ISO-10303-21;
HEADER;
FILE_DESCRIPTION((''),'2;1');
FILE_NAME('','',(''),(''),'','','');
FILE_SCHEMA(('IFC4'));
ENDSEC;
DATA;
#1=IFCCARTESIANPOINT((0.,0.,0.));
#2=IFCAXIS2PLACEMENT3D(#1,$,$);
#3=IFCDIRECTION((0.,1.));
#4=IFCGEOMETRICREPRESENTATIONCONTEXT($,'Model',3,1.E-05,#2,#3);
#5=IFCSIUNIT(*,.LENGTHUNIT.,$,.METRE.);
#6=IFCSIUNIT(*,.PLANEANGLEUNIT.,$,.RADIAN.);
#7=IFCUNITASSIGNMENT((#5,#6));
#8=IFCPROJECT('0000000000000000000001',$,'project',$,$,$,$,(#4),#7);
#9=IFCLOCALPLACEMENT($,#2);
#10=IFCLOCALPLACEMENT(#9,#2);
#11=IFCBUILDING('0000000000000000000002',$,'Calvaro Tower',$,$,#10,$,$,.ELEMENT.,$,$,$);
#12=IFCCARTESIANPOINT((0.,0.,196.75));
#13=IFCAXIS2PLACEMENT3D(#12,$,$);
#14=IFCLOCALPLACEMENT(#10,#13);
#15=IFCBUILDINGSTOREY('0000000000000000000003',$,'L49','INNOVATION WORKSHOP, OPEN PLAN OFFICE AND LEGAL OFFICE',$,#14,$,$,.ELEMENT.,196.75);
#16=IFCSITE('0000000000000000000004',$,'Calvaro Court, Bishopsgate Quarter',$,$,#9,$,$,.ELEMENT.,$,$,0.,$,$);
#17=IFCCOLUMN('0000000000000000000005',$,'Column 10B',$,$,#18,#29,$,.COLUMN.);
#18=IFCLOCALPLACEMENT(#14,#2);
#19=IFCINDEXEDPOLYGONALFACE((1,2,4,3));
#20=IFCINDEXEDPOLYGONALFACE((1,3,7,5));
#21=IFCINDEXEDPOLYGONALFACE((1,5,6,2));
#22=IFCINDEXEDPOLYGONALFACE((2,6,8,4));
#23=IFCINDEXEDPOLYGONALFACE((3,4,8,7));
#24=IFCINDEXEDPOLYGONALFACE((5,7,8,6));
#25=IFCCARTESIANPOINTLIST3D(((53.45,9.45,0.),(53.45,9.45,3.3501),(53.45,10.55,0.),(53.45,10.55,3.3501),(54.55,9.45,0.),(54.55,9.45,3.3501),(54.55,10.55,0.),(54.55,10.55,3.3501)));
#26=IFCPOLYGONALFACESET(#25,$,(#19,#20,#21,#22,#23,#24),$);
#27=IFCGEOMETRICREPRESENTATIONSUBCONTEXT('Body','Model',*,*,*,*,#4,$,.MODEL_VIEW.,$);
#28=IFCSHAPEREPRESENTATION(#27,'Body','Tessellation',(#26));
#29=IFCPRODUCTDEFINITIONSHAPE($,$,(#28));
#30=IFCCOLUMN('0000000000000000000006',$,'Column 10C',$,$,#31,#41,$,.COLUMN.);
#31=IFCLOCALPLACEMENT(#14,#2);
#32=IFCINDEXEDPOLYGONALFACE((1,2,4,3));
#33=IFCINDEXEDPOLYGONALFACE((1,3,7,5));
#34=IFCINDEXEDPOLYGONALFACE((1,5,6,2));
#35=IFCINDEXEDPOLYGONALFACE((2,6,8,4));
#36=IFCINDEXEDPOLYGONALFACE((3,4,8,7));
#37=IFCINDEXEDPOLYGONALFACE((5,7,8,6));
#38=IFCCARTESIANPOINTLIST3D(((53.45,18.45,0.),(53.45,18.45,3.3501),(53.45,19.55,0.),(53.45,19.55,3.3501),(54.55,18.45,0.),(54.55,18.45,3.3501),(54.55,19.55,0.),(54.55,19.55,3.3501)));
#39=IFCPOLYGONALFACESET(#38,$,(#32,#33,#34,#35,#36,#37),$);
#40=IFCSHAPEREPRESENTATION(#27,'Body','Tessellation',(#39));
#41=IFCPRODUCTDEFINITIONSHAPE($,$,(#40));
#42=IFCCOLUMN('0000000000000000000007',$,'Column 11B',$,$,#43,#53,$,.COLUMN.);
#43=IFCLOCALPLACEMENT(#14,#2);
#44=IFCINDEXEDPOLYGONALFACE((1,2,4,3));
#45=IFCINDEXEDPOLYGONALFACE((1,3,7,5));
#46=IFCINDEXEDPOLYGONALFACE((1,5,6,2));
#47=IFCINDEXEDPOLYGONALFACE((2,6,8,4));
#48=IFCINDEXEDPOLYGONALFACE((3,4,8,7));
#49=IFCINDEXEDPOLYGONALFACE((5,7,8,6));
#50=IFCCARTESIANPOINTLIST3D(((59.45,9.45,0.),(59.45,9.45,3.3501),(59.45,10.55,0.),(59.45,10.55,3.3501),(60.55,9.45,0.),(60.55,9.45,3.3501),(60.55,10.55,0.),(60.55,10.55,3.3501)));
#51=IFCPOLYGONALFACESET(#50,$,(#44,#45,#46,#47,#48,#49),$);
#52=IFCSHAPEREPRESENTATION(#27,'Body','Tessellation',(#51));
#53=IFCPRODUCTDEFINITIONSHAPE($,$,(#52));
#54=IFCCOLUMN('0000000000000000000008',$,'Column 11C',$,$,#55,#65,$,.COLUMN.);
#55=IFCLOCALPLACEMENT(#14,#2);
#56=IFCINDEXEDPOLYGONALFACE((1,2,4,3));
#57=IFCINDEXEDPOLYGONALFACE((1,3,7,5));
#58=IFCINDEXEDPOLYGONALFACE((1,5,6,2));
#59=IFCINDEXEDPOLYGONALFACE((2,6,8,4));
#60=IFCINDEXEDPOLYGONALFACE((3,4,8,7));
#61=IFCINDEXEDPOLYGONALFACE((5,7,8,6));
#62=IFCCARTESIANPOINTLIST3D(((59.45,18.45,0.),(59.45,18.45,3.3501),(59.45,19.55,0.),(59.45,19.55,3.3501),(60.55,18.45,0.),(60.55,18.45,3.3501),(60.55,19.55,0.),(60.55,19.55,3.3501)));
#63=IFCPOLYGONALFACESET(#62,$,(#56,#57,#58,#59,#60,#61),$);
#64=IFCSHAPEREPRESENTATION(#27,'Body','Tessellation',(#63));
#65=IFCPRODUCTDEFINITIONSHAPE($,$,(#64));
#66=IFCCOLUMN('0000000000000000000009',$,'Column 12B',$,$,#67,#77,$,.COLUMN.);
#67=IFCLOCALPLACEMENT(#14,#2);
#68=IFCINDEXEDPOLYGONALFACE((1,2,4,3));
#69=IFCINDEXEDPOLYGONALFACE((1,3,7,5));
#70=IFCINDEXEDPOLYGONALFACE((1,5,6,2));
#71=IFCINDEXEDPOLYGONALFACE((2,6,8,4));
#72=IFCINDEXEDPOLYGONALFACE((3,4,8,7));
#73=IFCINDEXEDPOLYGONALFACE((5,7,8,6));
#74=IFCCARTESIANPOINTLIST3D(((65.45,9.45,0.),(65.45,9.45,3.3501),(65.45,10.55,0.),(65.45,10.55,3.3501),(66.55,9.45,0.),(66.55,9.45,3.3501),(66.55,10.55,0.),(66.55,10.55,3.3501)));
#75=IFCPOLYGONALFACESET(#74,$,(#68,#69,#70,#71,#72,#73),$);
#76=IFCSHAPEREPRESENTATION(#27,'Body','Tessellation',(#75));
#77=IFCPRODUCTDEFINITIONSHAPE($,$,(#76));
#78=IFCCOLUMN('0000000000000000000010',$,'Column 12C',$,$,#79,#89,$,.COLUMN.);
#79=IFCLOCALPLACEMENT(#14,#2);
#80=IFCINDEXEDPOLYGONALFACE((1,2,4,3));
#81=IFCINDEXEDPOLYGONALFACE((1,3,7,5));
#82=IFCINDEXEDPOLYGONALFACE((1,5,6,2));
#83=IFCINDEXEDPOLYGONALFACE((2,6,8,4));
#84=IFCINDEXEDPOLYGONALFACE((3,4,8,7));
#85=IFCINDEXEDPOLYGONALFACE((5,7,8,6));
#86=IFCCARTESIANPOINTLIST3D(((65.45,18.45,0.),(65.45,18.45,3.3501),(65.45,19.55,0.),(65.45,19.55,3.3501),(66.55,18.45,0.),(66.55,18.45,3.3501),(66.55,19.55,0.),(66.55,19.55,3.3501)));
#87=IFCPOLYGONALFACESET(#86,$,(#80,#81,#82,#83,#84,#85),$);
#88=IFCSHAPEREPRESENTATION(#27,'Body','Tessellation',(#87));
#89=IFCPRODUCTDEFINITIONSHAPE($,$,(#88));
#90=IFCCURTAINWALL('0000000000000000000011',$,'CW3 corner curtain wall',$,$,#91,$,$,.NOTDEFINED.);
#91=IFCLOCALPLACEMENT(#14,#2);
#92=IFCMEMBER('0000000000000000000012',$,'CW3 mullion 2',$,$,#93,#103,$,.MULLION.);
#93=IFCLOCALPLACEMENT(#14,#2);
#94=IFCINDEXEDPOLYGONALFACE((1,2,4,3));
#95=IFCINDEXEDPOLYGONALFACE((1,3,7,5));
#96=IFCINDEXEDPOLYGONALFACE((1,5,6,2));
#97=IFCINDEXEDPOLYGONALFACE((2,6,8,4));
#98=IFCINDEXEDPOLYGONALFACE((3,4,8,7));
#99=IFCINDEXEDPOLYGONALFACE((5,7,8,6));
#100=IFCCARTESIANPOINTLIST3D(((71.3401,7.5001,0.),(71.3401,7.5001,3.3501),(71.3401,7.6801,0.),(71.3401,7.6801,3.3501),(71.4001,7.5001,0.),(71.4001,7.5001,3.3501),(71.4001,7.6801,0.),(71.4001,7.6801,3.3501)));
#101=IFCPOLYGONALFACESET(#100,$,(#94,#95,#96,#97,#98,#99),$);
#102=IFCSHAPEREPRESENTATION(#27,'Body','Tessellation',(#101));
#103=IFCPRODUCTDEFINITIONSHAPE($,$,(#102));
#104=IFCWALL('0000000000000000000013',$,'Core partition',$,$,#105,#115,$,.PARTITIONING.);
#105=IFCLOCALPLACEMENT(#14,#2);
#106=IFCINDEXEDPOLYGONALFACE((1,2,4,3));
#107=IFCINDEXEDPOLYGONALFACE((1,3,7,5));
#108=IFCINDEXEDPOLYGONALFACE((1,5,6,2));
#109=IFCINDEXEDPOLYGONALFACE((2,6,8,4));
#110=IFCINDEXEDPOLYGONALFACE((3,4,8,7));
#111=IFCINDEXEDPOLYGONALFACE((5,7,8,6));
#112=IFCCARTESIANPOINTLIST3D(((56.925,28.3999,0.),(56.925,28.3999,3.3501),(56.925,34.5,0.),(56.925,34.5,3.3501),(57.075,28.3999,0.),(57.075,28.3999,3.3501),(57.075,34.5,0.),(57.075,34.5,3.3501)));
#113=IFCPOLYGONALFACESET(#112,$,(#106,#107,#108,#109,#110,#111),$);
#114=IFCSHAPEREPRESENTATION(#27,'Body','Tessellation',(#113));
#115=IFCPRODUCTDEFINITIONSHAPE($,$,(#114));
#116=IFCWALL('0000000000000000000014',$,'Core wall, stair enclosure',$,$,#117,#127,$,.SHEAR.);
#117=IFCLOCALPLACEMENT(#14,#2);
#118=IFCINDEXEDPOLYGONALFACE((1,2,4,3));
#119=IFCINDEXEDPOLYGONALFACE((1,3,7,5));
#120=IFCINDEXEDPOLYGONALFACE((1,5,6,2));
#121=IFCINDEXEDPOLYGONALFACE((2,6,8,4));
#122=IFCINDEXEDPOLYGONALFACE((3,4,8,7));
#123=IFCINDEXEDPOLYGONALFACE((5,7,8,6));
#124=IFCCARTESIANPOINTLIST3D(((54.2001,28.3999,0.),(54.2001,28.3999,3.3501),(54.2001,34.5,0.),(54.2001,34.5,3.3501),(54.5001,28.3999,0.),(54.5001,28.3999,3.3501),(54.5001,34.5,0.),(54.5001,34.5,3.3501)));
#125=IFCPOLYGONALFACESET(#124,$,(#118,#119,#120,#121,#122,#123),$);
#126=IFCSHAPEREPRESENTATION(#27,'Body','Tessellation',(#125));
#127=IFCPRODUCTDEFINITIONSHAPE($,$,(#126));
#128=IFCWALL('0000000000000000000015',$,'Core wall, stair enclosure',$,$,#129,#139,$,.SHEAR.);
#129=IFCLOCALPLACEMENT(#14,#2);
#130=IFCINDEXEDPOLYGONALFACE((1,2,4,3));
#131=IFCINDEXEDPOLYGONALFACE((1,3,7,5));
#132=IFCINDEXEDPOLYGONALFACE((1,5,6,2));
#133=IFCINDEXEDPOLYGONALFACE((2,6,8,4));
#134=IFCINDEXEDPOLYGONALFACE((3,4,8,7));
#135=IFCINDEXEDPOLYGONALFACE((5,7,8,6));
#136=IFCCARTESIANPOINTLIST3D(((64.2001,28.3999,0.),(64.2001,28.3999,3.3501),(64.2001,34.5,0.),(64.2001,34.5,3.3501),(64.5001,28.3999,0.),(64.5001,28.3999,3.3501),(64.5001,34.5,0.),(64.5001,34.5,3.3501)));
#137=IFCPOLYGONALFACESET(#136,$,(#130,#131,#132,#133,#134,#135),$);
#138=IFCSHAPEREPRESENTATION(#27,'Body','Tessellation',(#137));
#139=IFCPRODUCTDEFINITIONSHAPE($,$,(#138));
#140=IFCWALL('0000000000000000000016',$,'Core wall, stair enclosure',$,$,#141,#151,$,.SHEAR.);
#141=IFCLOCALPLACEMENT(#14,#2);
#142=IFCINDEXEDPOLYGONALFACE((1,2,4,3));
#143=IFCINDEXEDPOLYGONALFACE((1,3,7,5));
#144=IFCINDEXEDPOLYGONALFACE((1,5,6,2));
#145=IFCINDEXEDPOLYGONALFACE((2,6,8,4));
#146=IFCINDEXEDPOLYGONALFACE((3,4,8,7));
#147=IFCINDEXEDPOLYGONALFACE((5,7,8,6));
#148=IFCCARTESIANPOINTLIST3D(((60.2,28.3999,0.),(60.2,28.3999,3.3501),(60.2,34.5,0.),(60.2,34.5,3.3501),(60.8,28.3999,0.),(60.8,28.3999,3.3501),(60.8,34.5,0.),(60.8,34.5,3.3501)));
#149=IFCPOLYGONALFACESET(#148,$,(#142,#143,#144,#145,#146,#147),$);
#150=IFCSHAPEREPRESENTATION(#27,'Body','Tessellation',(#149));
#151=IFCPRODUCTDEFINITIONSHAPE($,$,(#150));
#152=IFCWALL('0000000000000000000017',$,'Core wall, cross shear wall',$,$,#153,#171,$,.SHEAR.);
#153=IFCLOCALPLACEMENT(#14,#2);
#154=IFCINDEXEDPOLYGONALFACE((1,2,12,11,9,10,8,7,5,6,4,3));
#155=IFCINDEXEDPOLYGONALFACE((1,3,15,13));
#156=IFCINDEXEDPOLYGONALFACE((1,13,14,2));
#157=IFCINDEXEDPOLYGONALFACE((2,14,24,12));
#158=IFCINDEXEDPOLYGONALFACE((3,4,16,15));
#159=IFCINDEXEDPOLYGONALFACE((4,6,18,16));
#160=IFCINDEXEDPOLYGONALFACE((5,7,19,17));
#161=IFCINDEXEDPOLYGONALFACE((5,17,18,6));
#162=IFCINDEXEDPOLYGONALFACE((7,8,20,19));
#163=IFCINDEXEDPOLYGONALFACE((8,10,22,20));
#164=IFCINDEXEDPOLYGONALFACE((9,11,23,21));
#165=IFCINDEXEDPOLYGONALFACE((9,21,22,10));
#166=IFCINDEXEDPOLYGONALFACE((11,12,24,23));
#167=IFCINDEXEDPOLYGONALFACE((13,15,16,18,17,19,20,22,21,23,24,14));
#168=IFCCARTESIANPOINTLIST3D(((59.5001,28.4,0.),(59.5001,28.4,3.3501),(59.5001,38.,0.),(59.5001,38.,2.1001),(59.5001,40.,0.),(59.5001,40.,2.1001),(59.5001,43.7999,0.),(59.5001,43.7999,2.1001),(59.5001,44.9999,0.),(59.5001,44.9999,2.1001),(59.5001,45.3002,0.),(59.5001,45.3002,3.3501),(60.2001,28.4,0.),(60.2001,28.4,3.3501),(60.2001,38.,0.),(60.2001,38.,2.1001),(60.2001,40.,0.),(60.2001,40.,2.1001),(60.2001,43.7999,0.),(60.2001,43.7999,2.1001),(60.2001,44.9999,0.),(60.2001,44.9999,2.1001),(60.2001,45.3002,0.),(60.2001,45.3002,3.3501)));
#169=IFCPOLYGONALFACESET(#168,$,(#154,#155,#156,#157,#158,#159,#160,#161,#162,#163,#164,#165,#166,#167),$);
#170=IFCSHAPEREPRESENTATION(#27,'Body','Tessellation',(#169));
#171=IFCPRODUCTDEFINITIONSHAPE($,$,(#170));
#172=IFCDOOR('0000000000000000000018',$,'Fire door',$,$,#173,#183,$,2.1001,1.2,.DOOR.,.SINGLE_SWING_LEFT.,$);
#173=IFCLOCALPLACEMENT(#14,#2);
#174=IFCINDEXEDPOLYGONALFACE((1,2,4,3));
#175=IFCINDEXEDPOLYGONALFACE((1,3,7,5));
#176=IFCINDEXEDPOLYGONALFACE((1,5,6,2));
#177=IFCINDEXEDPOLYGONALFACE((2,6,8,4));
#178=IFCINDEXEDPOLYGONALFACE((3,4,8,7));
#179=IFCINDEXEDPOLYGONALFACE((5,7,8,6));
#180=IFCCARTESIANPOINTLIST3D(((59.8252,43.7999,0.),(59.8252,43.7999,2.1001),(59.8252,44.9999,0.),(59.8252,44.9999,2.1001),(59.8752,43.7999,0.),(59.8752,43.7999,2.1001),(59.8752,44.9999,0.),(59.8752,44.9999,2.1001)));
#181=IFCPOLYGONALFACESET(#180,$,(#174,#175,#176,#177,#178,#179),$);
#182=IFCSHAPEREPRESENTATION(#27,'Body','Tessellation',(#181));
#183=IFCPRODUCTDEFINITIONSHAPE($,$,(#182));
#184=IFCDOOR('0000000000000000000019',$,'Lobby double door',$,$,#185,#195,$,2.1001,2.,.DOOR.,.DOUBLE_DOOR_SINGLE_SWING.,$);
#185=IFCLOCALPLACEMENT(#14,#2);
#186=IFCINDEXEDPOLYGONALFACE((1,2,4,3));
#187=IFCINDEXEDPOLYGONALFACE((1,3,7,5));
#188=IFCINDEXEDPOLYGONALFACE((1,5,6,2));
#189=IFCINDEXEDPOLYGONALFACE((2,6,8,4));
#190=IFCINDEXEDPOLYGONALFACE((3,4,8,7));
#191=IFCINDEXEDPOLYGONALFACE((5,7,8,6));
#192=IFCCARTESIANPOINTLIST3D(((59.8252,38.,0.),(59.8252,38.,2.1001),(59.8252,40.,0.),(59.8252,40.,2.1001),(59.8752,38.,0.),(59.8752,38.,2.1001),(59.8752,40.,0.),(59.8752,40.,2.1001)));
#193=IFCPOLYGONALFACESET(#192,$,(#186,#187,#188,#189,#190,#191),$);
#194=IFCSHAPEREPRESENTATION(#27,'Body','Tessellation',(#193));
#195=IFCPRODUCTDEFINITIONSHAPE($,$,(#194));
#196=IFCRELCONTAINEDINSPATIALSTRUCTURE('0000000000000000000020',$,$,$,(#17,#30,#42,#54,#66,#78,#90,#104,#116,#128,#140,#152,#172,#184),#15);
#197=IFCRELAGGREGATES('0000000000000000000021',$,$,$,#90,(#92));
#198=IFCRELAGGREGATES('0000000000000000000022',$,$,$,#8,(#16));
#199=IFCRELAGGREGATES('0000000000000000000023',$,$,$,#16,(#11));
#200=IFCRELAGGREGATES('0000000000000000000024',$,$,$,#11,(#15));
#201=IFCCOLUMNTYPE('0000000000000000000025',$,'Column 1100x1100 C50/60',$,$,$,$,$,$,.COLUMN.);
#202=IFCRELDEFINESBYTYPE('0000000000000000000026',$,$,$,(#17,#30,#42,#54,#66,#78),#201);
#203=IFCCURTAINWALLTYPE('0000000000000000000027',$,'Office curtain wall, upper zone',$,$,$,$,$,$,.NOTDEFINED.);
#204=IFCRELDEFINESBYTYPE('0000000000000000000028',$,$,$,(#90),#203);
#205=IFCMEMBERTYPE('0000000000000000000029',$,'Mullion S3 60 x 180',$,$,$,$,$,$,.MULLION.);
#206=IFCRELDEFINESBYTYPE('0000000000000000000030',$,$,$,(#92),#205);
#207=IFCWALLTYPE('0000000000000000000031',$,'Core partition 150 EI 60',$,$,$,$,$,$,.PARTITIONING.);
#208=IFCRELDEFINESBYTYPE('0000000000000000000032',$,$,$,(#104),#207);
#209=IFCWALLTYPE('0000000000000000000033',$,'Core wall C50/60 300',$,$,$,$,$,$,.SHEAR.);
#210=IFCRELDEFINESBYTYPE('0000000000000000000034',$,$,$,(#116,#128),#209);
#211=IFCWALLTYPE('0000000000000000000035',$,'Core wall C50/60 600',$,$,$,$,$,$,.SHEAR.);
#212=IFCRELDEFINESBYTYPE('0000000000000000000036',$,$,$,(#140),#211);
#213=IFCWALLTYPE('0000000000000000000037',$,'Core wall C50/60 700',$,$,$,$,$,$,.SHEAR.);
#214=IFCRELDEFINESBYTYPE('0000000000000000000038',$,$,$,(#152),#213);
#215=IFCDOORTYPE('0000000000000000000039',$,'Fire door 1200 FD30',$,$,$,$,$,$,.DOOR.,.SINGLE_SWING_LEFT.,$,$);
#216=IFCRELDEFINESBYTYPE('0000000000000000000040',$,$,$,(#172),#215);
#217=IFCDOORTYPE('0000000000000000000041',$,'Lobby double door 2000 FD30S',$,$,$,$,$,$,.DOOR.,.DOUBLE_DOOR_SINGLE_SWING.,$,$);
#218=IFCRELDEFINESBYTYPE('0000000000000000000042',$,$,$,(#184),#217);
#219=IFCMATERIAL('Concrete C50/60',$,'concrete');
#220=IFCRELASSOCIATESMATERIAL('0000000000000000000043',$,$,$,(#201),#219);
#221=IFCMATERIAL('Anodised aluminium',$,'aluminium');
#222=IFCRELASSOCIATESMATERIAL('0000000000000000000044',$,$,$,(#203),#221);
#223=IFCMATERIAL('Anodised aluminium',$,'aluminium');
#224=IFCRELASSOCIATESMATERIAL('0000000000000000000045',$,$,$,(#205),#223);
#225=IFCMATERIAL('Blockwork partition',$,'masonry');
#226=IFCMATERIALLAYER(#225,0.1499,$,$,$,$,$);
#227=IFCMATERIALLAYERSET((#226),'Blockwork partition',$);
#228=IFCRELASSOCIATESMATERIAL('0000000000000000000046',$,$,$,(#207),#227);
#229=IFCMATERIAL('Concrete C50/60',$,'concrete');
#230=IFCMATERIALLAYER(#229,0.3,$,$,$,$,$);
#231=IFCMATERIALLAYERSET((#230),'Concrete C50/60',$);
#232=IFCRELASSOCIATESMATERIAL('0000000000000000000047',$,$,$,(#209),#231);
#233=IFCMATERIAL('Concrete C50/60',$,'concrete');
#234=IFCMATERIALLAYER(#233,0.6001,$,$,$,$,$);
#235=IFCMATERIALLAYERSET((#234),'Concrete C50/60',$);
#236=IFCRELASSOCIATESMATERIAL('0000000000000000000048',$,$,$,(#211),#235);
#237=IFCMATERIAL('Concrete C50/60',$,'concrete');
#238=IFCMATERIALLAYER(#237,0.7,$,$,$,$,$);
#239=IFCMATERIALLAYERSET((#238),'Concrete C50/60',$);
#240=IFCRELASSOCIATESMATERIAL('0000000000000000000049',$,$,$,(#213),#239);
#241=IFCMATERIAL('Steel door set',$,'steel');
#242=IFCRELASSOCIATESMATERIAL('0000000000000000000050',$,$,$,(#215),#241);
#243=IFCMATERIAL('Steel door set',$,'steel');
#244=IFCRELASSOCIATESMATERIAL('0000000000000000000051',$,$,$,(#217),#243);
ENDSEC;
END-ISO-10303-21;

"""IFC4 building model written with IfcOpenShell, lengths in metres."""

from ifc_helpers import new_model, si_unit, direction, frame, frame_2d, origin, origin_2d, place, context, subcontext, project, spatial, rectangle, extrude, material, layer, layer_set, material_profile, profile_set, type_object, element, fill, aggregate, save


model = new_model("IFC4")

# Units and contexts
model_context = context("Model", 3, precision=1e-05, world=origin(), true_north=direction((0.0, 1.0)))
body_context = subcontext(model_context, "Body", "Model", "MODEL_VIEW")
ifc_project = project(units=[si_unit("LENGTHUNIT", "METRE"), si_unit("PLANEANGLEUNIT", "RADIAN")], contexts=[model_context])

# Site, building, storey
site_placement = place(None, origin())
site = spatial("IfcSite", under=ifc_project, at=site_placement, Name="Calvaro Court, Bishopsgate Quarter", CompositionType="ELEMENT", RefElevation=0.0)
building_placement = place(site_placement, origin())
building = spatial("IfcBuilding", under=site, at=building_placement, Name="Calvaro Tower", CompositionType="ELEMENT")
storey_placement = place(building_placement, frame((0.0, 0.0, 196.75)))
storey = spatial("IfcBuildingStorey", under=building, at=storey_placement, Name="L49", Description="INNOVATION WORKSHOP, OPEN PLAN OFFICE AND LEGAL OFFICE", CompositionType="ELEMENT", Elevation=196.75)

# Columns
ifc_material_1 = material(Name="Concrete C50/60", Category="concrete")
ifc_material_profile_1 = material_profile(ifc_material_1, rectangle(XDim=1.1001, YDim=1.1001, at=origin_2d()), Name="RC 1100x1100")
ifc_profile_set_1 = profile_set([ifc_material_profile_1], Name="Concrete C50/60")
column_type = type_object("IfcColumnType", Name="Column 1100x1100 C50/60", PredefinedType="COLUMN", material=ifc_profile_set_1)
for number, where, z_axis, x_axis, name in (
    (1, (54.0, 10.0, 0.0), (0.0, 0.0, 1.0), (1.0, 0.0, 0.0), "Column 10B"),
    (2, (54.0, 19.0, 0.0), (0.0, 0.0, 1.0), (1.0, 0.0, 0.0), "Column 10C"),
    (3, (60.0, 10.0, 0.0), (0.0, 0.0, 1.0), (1.0, 0.0, 0.0), "Column 11B"),
    (4, (60.0, 19.0, 0.0), (0.0, 0.0, 1.0), (1.0, 0.0, 0.0), "Column 11C"),
    (5, (66.0, 10.0, 0.0), (0.0, 0.0, 1.0), (1.0, 0.0, 0.0), "Column 12B"),
    (6, (66.0, 19.0, 0.0), (0.0, 0.0, 1.0), (1.0, 0.0, 0.0), "Column 12C"),
):
    element("IfcColumn", number, at=place(storey_placement, frame(where, z_axis=z_axis, x_axis=x_axis)), inside=storey, type_object=column_type, Name=name, PredefinedType="COLUMN", context=body_context, shape_type="SweptSolid", body=[
        extrude(rectangle(XDim=1.1001, YDim=1.1001, at=origin_2d()), origin(), (0.0, 0.0, 1.0), 3.3501),
    ])

# Curtain wall, member
ifc_material_2 = material(Name="Anodised aluminium", Category="aluminium")
curtain_wall_type = type_object("IfcCurtainWallType", Name="Office curtain wall, upper zone", PredefinedType="NOTDEFINED", material=ifc_material_2)
curtain_wall_placement = place(storey_placement, origin())
curtain_wall = element("IfcCurtainWall", 7, at=curtain_wall_placement, inside=storey, type_object=curtain_wall_type, Name="CW3 corner curtain wall", PredefinedType="NOTDEFINED")
ifc_material_3 = material(Name="Anodised aluminium", Category="aluminium")
ifc_material_profile_2 = material_profile(ifc_material_3, rectangle(XDim=0.1799, YDim=0.0601, at=origin_2d()), Name="Mullion S3 60 x 180")
ifc_profile_set_2 = profile_set([ifc_material_profile_2], Name="Anodised aluminium")
member_type = type_object("IfcMemberType", Name="Mullion S3 60 x 180", PredefinedType="MULLION", material=ifc_profile_set_2)
member_placement = place(storey_placement, frame((71.3701, 7.5901, 0.0), z_axis=(0.0, 0.0, 1.0), x_axis=(0.0, 1.0, 0.0)))
member = element("IfcMember", 8, at=member_placement, type_object=member_type, Name="CW3 mullion 2", PredefinedType="MULLION", context=body_context, shape_type="SweptSolid", body=[
    extrude(rectangle(XDim=0.1799, YDim=0.0601, at=origin_2d()), origin(), (0.0, 0.0, 1.0), 3.3501),
])
aggregate(curtain_wall, [member])

# Walls
ifc_material_4 = material(Name="Blockwork partition", Category="masonry")
ifc_layer_1 = layer(ifc_material_4, 0.1499)
ifc_layer_set_1 = layer_set([ifc_layer_1], Name="Blockwork partition")
wall_type_1 = type_object("IfcWallType", Name="Core partition 150 EI 60", PredefinedType="PARTITIONING", material=ifc_layer_set_1)
wall_1_placement = place(storey_placement, frame((57.0, 28.3999, 0.0), z_axis=(0.0, 0.0, 1.0), x_axis=(0.0, 1.0, 0.0)))
element("IfcWall", 9, at=wall_1_placement, inside=storey, type_object=wall_type_1, Name="Core partition", PredefinedType="PARTITIONING", context=body_context, shape_type="SweptSolid", body=[
    extrude(rectangle(XDim=6.1001, YDim=0.1499, at=frame_2d((3.05, 0.0))), origin(), (0.0, 0.0, 1.0), 3.3501),
])
ifc_material_5 = material(Name="Concrete C50/60", Category="concrete")
ifc_layer_2 = layer(ifc_material_5, 0.3)
ifc_layer_set_2 = layer_set([ifc_layer_2], Name="Concrete C50/60")
wall_type_2 = type_object("IfcWallType", Name="Core wall C50/60 300", PredefinedType="SHEAR", material=ifc_layer_set_2)
for number, where, z_axis, x_axis, name in (
    (10, (54.3501, 28.3999, 0.0), (0.0, 0.0, 1.0), (0.0, 1.0, 0.0), "Core wall, stair enclosure"),
    (11, (64.3501, 28.3999, 0.0), (0.0, 0.0, 1.0), (0.0, 1.0, 0.0), "Core wall, stair enclosure"),
):
    element("IfcWall", number, at=place(storey_placement, frame(where, z_axis=z_axis, x_axis=x_axis)), inside=storey, type_object=wall_type_2, Name=name, PredefinedType="SHEAR", context=body_context, shape_type="SweptSolid", body=[
        extrude(rectangle(XDim=6.1001, YDim=0.3, at=frame_2d((3.05, 0.0))), origin(), (0.0, 0.0, 1.0), 3.3501),
    ])
ifc_material_6 = material(Name="Concrete C50/60", Category="concrete")
ifc_layer_3 = layer(ifc_material_6, 0.6001)
ifc_layer_set_3 = layer_set([ifc_layer_3], Name="Concrete C50/60")
wall_type_3 = type_object("IfcWallType", Name="Core wall C50/60 600", PredefinedType="SHEAR", material=ifc_layer_set_3)
wall_2_placement = place(storey_placement, frame((60.5, 28.3999, 0.0), z_axis=(0.0, 0.0, 1.0), x_axis=(0.0, 1.0, 0.0)))
element("IfcWall", 12, at=wall_2_placement, inside=storey, type_object=wall_type_3, Name="Core wall, stair enclosure", PredefinedType="SHEAR", context=body_context, shape_type="SweptSolid", body=[
    extrude(rectangle(XDim=6.1001, YDim=0.6001, at=frame_2d((3.05, 0.0))), origin(), (0.0, 0.0, 1.0), 3.3501),
])

# Wall, openings, doors
ifc_material_7 = material(Name="Concrete C50/60", Category="concrete")
ifc_layer_4 = layer(ifc_material_7, 0.7)
ifc_layer_set_4 = layer_set([ifc_layer_4], Name="Concrete C50/60")
wall_type_4 = type_object("IfcWallType", Name="Core wall C50/60 700", PredefinedType="SHEAR", material=ifc_layer_set_4)
wall_3_placement = place(storey_placement, frame((59.8501, 28.3999, 0.0), z_axis=(0.0, 0.0, 1.0), x_axis=(0.0, 1.0, 0.0)))
wall_3 = element("IfcWall", 13, at=wall_3_placement, inside=storey, type_object=wall_type_4, Name="Core wall, cross shear wall", PredefinedType="SHEAR", context=body_context, shape_type="SweptSolid", body=[
    extrude(rectangle(XDim=16.9001, YDim=0.7, at=frame_2d((8.4502, 0.0))), origin(), (0.0, 0.0, 1.0), 3.3501),
])
opening_1_placement = place(wall_3_placement, frame((9.6001, 0.0, 0.0)))
opening_1 = element("IfcOpeningElement", 14, at=opening_1_placement, cuts=wall_3, PredefinedType="OPENING", context=body_context, shape_type="SweptSolid", body=[
    extrude(rectangle(XDim=2.0, YDim=2.1001, at=frame_2d((1.0, 1.05))), frame((0.0, 0.3599, 0.0), z_axis=(0.0, -1.0, 0.0), x_axis=(1.0, 0.0, 0.0)), (0.0, 0.0, 1.0), 0.72),
])
opening_2_placement = place(wall_3_placement, frame((15.3999, 0.0, 0.0)))
opening_2 = element("IfcOpeningElement", 15, at=opening_2_placement, cuts=wall_3, PredefinedType="OPENING", context=body_context, shape_type="SweptSolid", body=[
    extrude(rectangle(XDim=1.2, YDim=2.1001, at=frame_2d((0.6001, 1.05))), frame((0.0, 0.3599, 0.0), z_axis=(0.0, -1.0, 0.0), x_axis=(1.0, 0.0, 0.0)), (0.0, 0.0, 1.0), 0.72),
])
ifc_material_8 = material(Name="Steel door set", Category="steel")
door_type_1 = type_object("IfcDoorType", Name="Fire door 1200 FD30", OperationType="SINGLE_SWING_LEFT", PredefinedType="DOOR", material=ifc_material_8)
door_1_placement = place(opening_2_placement, origin())
door_1 = element("IfcDoor", 16, at=door_1_placement, inside=storey, type_object=door_type_1, Name="Fire door", OperationType="SINGLE_SWING_LEFT", OverallHeight=2.1001, OverallWidth=1.2, PredefinedType="DOOR", context=body_context, shape_type="SweptSolid", body=[
    extrude(rectangle(XDim=1.2, YDim=2.1001, at=frame_2d((0.6001, 1.05))), frame((0.0, 0.0249, 0.0), z_axis=(0.0, -1.0, 0.0), x_axis=(1.0, 0.0, 0.0)), (0.0, 0.0, 1.0), 0.05),
])
fill(opening_2, door_1)
ifc_material_9 = material(Name="Steel door set", Category="steel")
door_type_2 = type_object("IfcDoorType", Name="Lobby double door 2000 FD30S", OperationType="DOUBLE_DOOR_SINGLE_SWING", PredefinedType="DOOR", material=ifc_material_9)
door_2_placement = place(opening_1_placement, origin())
door_2 = element("IfcDoor", 17, at=door_2_placement, inside=storey, type_object=door_type_2, Name="Lobby double door", OperationType="DOUBLE_DOOR_SINGLE_SWING", OverallHeight=2.1001, OverallWidth=2.0, PredefinedType="DOOR", context=body_context, shape_type="SweptSolid", body=[
    extrude(rectangle(XDim=2.0, YDim=2.1001, at=frame_2d((1.0, 1.05))), frame((0.0, 0.0249, 0.0), z_axis=(0.0, -1.0, 0.0), x_axis=(1.0, 0.0, 0.0)), (0.0, 0.0, 1.0), 0.05),
])
fill(opening_1, door_2)

save(model, "model.ifc")
